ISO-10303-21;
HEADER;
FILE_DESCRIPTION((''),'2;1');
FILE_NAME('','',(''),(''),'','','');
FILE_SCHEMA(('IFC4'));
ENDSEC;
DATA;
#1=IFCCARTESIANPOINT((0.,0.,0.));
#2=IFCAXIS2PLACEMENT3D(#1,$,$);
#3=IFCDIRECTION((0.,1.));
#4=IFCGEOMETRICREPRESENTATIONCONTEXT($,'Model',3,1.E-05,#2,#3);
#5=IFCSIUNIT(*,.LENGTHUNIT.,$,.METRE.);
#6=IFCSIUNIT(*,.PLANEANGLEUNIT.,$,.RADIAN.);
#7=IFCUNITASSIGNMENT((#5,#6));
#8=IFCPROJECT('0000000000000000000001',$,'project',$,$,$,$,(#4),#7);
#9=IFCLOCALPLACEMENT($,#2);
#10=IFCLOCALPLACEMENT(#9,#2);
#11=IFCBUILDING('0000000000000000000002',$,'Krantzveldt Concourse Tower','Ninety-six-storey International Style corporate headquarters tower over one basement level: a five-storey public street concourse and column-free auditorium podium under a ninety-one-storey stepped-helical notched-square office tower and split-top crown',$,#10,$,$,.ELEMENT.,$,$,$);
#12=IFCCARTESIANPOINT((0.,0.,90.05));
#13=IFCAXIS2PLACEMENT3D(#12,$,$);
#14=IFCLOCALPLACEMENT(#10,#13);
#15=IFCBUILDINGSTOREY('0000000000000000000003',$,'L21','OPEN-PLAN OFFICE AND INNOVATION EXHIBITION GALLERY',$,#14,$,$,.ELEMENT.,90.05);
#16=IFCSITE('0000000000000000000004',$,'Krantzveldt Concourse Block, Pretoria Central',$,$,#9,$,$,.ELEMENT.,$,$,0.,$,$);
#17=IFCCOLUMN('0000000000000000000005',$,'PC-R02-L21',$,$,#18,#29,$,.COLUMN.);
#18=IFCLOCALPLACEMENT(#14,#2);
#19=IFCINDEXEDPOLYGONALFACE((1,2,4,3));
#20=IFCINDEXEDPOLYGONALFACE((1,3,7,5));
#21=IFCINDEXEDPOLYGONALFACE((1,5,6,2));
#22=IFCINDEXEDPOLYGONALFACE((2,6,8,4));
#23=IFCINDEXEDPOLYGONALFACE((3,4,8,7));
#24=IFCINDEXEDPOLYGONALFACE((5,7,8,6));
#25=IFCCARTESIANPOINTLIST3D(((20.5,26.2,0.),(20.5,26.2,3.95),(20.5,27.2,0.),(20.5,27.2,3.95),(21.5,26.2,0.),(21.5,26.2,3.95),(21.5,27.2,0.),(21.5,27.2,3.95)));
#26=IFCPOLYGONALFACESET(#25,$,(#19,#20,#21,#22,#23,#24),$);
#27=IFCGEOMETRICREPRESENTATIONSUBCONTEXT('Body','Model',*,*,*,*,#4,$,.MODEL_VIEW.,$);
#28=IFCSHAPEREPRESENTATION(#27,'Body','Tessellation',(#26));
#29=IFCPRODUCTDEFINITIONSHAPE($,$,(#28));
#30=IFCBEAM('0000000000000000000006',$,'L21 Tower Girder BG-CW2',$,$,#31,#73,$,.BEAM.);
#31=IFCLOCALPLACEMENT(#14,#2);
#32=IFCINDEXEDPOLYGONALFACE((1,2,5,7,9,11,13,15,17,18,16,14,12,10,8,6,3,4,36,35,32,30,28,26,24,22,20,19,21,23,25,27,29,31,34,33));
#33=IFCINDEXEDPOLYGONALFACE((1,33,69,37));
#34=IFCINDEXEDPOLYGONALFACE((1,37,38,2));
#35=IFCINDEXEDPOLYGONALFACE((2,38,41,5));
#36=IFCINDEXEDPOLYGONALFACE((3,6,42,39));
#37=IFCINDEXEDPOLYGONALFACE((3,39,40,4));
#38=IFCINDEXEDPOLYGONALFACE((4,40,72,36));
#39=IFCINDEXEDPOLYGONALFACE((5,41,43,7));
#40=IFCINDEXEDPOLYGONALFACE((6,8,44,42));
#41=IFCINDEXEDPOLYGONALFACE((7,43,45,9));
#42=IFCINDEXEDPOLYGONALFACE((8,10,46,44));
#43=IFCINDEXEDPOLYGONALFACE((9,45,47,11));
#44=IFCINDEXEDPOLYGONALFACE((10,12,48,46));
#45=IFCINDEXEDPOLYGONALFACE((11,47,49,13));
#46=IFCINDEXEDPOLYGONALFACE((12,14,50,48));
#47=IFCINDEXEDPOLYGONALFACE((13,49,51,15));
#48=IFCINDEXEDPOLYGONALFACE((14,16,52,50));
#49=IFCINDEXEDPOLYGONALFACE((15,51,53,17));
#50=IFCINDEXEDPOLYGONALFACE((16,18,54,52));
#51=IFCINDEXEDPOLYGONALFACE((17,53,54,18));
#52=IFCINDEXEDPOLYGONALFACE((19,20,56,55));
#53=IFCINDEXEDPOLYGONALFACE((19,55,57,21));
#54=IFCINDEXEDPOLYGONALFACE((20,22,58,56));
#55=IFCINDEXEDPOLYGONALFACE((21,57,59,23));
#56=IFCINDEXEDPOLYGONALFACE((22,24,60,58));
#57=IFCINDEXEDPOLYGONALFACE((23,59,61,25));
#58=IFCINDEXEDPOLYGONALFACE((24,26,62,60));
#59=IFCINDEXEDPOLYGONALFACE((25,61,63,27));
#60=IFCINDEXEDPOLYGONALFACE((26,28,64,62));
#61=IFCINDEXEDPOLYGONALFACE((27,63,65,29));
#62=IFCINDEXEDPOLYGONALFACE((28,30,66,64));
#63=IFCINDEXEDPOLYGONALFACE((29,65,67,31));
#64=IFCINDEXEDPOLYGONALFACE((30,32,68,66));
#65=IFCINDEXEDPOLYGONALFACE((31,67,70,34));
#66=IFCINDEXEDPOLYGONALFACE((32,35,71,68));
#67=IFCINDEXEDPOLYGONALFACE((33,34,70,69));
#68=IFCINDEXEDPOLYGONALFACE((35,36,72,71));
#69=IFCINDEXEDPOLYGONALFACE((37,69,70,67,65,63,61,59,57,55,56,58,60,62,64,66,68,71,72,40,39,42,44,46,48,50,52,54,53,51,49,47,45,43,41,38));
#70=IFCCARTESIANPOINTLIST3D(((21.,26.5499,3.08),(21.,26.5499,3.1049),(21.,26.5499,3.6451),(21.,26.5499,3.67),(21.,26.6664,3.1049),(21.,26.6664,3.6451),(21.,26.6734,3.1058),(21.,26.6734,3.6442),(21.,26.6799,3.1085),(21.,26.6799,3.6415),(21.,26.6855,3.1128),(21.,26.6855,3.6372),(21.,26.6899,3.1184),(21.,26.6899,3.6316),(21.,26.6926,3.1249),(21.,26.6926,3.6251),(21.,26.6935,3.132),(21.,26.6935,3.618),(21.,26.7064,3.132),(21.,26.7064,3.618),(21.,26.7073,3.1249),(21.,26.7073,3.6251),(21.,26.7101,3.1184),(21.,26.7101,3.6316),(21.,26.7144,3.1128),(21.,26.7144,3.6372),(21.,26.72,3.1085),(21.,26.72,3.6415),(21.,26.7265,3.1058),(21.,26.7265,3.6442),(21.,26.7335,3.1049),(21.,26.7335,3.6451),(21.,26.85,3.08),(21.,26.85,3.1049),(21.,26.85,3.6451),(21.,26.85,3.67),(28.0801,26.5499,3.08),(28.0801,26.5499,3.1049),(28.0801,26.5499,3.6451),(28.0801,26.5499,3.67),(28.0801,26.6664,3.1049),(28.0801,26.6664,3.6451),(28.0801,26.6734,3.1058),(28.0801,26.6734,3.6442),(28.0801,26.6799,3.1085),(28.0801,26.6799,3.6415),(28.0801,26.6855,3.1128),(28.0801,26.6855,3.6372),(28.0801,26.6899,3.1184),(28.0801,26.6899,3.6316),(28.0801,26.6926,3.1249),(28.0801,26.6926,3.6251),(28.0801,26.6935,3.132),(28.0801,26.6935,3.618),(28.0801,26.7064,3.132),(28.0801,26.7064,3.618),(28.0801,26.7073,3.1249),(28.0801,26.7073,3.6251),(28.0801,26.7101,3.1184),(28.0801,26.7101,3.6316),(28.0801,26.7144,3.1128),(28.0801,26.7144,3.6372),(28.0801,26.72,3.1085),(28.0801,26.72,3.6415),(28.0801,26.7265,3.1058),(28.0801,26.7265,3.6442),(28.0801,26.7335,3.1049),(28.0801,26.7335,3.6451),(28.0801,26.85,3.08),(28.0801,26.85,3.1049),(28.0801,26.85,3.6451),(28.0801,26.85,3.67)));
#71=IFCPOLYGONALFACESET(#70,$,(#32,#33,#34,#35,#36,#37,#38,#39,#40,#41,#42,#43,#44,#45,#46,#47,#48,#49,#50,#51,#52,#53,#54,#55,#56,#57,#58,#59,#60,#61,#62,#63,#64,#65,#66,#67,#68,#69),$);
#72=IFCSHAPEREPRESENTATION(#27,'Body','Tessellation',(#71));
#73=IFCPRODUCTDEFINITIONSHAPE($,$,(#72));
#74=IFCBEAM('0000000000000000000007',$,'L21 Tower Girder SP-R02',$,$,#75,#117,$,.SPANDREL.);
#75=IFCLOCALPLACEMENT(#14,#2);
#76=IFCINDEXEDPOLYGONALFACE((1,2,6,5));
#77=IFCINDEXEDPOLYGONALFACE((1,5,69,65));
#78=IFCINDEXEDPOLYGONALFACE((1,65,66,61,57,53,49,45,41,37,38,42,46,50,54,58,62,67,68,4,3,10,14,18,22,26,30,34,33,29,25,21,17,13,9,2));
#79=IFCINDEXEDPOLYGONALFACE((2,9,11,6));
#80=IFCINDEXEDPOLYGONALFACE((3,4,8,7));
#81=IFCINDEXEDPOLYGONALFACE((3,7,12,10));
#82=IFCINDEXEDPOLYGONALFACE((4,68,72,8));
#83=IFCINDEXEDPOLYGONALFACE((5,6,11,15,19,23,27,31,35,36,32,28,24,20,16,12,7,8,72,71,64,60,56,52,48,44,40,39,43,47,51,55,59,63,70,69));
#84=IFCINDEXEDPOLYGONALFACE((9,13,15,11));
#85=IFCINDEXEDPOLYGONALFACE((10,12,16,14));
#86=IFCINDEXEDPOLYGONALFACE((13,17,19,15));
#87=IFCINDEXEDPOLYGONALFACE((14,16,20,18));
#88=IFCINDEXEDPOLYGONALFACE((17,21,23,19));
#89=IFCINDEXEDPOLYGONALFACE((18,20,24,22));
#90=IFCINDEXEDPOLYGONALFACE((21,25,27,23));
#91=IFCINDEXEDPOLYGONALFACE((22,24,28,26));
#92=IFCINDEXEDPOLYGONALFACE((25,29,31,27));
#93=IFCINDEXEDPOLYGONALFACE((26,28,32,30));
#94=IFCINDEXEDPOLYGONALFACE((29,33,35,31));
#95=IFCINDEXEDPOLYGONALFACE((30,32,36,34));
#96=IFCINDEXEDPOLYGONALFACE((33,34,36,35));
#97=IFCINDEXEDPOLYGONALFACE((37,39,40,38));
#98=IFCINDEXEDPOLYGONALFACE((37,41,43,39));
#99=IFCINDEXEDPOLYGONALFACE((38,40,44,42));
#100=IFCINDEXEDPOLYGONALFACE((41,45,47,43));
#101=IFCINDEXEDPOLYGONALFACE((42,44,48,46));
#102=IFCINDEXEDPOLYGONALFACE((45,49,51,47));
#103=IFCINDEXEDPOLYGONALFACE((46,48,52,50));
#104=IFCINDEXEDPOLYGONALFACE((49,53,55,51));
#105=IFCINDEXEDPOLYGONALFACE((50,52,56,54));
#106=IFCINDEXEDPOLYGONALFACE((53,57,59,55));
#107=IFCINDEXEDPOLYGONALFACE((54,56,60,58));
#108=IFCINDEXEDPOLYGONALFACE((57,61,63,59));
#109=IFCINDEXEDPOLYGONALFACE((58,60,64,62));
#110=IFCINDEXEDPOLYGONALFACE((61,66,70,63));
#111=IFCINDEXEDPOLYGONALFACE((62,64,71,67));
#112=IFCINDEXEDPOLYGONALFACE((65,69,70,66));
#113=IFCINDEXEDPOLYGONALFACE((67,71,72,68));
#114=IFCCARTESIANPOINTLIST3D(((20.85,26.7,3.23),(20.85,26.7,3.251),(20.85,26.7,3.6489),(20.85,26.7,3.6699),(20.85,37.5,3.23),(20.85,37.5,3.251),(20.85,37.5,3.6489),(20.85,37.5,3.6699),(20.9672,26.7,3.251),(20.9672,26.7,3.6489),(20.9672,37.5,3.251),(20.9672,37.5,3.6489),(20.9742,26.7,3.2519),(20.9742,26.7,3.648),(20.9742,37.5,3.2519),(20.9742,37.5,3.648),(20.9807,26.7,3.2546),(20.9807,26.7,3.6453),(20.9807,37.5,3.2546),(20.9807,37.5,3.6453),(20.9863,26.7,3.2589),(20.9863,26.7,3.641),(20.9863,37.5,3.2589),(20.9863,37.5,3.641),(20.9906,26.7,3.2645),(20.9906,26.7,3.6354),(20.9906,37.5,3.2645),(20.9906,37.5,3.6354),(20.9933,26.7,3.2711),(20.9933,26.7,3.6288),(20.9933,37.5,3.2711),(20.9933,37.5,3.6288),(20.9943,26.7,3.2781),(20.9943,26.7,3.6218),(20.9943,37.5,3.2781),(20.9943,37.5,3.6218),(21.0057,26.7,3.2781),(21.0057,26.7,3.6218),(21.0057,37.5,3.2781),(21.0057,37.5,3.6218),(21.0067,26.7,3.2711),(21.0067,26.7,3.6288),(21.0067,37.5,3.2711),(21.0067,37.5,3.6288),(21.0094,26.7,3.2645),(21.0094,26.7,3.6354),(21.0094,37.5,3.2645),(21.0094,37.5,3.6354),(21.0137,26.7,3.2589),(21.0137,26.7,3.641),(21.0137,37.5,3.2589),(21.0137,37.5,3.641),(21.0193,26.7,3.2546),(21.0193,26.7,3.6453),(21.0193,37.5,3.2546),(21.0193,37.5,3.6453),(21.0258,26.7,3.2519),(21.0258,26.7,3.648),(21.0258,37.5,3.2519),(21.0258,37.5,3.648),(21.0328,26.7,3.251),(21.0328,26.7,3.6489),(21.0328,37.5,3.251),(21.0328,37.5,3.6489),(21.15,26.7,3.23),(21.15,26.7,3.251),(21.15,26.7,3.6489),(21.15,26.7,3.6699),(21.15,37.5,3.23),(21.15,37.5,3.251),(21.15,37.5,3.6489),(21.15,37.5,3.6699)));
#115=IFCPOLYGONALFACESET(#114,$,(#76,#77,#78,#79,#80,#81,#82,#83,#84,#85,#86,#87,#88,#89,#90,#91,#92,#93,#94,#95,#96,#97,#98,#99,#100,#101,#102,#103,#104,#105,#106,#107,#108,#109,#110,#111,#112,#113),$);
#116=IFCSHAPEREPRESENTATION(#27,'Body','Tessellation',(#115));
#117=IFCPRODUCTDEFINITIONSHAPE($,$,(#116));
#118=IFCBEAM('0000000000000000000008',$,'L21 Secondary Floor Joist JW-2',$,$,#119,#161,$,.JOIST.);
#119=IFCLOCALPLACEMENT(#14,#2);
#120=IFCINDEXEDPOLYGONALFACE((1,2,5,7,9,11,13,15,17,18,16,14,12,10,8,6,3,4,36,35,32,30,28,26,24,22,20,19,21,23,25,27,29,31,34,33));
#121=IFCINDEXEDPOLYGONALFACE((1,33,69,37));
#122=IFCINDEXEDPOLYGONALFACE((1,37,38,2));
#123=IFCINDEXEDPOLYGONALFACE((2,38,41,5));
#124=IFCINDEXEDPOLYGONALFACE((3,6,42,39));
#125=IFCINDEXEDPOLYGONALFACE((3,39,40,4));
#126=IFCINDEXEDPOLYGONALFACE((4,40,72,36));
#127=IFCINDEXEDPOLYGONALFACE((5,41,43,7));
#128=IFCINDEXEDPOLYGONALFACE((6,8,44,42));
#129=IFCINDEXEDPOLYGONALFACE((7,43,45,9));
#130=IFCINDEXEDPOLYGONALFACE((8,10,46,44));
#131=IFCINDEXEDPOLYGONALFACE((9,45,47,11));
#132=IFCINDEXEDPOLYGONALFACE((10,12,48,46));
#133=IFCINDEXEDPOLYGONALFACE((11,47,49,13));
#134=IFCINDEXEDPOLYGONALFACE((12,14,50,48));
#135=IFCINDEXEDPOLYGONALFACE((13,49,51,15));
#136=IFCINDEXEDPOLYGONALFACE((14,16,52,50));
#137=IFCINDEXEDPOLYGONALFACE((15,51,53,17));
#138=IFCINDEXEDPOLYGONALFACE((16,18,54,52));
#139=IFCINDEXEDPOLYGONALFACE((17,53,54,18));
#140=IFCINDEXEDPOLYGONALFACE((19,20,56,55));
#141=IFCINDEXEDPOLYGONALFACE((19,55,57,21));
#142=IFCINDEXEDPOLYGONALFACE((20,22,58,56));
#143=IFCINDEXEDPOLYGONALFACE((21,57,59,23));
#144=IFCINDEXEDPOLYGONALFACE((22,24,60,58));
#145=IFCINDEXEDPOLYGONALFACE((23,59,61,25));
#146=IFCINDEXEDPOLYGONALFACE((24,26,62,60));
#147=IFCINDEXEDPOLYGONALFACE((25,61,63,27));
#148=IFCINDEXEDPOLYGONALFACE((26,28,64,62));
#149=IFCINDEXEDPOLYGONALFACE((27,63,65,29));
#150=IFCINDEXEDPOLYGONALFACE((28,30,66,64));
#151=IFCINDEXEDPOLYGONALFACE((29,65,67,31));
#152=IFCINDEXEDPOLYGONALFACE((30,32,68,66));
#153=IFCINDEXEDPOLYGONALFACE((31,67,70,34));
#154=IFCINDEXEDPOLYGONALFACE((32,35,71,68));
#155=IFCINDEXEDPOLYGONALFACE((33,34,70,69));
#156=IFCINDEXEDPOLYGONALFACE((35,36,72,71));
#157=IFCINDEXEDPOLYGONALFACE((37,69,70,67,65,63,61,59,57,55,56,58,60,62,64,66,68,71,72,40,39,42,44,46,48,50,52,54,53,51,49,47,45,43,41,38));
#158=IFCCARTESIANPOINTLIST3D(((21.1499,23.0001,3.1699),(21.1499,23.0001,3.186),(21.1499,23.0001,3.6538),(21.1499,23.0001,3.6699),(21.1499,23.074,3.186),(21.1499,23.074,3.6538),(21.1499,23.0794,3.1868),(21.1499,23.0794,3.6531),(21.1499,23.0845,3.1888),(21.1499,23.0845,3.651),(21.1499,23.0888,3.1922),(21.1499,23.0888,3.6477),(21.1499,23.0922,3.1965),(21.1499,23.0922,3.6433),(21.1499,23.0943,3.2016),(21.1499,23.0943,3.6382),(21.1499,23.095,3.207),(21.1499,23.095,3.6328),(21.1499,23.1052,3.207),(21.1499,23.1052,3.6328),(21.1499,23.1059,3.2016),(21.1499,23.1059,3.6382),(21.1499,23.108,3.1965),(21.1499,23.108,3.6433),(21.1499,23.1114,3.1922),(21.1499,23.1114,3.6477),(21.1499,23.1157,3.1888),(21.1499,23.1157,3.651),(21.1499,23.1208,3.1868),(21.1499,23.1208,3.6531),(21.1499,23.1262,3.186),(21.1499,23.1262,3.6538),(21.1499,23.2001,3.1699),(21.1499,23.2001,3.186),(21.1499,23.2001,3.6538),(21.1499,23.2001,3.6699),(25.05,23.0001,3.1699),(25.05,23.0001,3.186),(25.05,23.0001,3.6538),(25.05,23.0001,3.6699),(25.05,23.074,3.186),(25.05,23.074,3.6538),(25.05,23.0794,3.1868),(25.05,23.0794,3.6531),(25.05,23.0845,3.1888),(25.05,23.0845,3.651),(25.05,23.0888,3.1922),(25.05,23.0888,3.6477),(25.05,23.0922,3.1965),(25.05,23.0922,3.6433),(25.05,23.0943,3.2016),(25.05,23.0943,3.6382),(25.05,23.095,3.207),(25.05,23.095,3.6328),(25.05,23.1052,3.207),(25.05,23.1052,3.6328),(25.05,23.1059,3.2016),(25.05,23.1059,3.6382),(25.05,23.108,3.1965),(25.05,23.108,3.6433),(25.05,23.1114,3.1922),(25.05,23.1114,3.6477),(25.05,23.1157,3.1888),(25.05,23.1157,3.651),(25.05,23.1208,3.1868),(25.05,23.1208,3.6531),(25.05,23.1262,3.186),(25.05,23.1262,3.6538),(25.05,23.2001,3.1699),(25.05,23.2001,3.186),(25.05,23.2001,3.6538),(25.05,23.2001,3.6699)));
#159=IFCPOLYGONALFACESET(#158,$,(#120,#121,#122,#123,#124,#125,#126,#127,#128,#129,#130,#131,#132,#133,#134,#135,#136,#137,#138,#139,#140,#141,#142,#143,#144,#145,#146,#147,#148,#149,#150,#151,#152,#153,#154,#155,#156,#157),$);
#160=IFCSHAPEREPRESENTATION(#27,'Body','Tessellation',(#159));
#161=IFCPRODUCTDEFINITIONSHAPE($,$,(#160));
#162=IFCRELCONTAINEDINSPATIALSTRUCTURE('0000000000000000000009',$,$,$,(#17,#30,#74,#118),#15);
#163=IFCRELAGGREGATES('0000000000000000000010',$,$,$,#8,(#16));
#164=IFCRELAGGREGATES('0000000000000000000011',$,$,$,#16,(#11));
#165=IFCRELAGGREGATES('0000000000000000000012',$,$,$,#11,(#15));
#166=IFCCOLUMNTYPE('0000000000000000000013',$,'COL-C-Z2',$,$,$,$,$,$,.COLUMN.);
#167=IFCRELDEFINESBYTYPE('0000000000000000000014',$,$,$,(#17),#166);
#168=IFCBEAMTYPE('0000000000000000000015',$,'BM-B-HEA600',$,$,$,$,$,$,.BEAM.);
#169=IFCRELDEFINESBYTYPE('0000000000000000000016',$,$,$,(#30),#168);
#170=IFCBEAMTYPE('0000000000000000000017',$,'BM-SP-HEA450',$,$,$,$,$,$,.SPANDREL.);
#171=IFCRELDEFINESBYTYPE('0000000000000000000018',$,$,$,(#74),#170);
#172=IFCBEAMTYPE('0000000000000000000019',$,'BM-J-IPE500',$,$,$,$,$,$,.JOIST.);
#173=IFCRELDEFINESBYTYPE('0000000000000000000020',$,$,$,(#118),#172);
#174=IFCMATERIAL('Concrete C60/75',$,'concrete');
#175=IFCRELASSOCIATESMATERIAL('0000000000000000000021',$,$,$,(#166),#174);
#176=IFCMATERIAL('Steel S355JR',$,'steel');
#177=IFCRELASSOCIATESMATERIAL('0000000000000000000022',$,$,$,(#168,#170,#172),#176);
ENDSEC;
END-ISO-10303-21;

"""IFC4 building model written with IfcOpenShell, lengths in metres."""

from ifc_helpers import new_model, si_unit, direction, frame, origin, origin_2d, place, context, subcontext, project, spatial, rectangle, i_section, extrude, source, transform, mapped, material, material_profile, profile_set, type_object, type_shapes, element, save


model = new_model("IFC4")

# Units and contexts
model_context = context("Model", 3, precision=1e-05, world=origin(), true_north=direction((0.0, 1.0)))
body_context = subcontext(model_context, "Body", "Model", "MODEL_VIEW")
ifc_project = project(units=[si_unit("LENGTHUNIT", "METRE"), si_unit("PLANEANGLEUNIT", "RADIAN")], contexts=[model_context])

# Site, building, storey
site_placement = place(None, origin())
site = spatial("IfcSite", under=ifc_project, at=site_placement, Name="Krantzveldt Concourse Block, Pretoria Central", CompositionType="ELEMENT", RefElevation=0.0)
building_placement = place(site_placement, origin())
building = spatial("IfcBuilding", under=site, at=building_placement, Name="Krantzveldt Concourse Tower", Description="Ninety-six-storey International Style corporate headquarters tower over one basement level: a five-storey public street concourse and column-free auditorium podium under a ninety-one-storey stepped-helical notched-square office tower and split-top crown", CompositionType="ELEMENT")
storey_placement = place(building_placement, frame((0.0, 0.0, 90.05)))
storey = spatial("IfcBuildingStorey", under=building, at=storey_placement, Name="L21", Description="OPEN-PLAN OFFICE AND INNOVATION EXHIBITION GALLERY", CompositionType="ELEMENT", Elevation=90.05)

# Column
ifc_material_1 = material(Name="Concrete C60/75", Category="concrete")
ifc_material_profile_1 = material_profile(ifc_material_1, rectangle(XDim=1.0, YDim=1.0, at=origin_2d()), Name="Concrete C60/75", Category="concrete")
ifc_profile_set_1 = profile_set([ifc_material_profile_1], Name="Concrete C60/75 - RC 1000x1000")
column_type = type_object("IfcColumnType", Name="COL-C-Z2", PredefinedType="COLUMN", material=ifc_profile_set_1)
shared_shape_1 = source(origin(), body_context, "Body", "SweptSolid", [
    extrude(rectangle(XDim=1.0, YDim=1.0, at=origin_2d()), origin(), (0.0, 0.0, 1.0), 3.95),
])
type_shapes(column_type, [shared_shape_1])
column_placement = place(storey_placement, frame((21.0, 26.7, 0.0), z_axis=(0.0, 0.0, 1.0), x_axis=(1.0, 0.0, 0.0)))
element("IfcColumn", 1, at=column_placement, inside=storey, type_object=column_type, Name="PC-R02-L21", PredefinedType="COLUMN", context=body_context, shape_type="MappedRepresentation", body=[
    mapped(shared_shape_1, transform((0.0, 0.0, 0.0), x_axis=(1.0, 0.0, 0.0), y_axis=(0.0, 1.0, 0.0), z_axis=(0.0, 0.0, 1.0), scale=1.0)),
])

# Beams
ifc_material_2 = material(Name="Steel S355JR", Category="steel")
ifc_material_profile_2 = material_profile(ifc_material_2, i_section(OverallWidth=0.3, OverallDepth=0.5901, WebThickness=0.0129, FlangeThickness=0.0249, FilletRadius=0.0271, at=origin_2d()), Name="Steel S355JR", Category="steel")
ifc_profile_set_2 = profile_set([ifc_material_profile_2], Name="Steel S355JR - HEA 600")
beam_type_1 = type_object("IfcBeamType", Name="BM-B-HEA600", PredefinedType="BEAM", material=ifc_profile_set_2)
shared_shape_2 = source(origin(), body_context, "Body", "SweptSolid", [
    extrude(i_section(OverallWidth=0.3, OverallDepth=0.5901, WebThickness=0.0129, FlangeThickness=0.0249, FilletRadius=0.0271, at=origin_2d()), origin(), (0.0, 0.0, 1.0), 7.0801),
])
type_shapes(beam_type_1, [shared_shape_2])
beam_1_placement = place(storey_placement, frame((21.0, 26.7, 3.375), z_axis=(1.0, 0.0, 0.0), x_axis=(0.0, 1.0, 0.0)))
element("IfcBeam", 2, at=beam_1_placement, inside=storey, type_object=beam_type_1, Name="L21 Tower Girder BG-CW2", PredefinedType="BEAM", context=body_context, shape_type="MappedRepresentation", body=[
    mapped(shared_shape_2, transform((0.0, 0.0, 0.0), x_axis=(1.0, 0.0, 0.0), y_axis=(0.0, 1.0, 0.0), z_axis=(0.0, 0.0, 1.0), scale=1.0)),
])
ifc_material_profile_3 = material_profile(ifc_material_2, i_section(OverallWidth=0.3, OverallDepth=0.4399, WebThickness=0.0115, FlangeThickness=0.021, FilletRadius=0.0271, at=origin_2d()), Name="Steel S355JR", Category="steel")
ifc_profile_set_3 = profile_set([ifc_material_profile_3], Name="Steel S355JR - HEA 450")
beam_type_2 = type_object("IfcBeamType", Name="BM-SP-HEA450", PredefinedType="SPANDREL", material=ifc_profile_set_3)
shared_shape_3 = source(origin(), body_context, "Body", "SweptSolid", [
    extrude(i_section(OverallWidth=0.3, OverallDepth=0.4399, WebThickness=0.0115, FlangeThickness=0.021, FilletRadius=0.0271, at=origin_2d()), origin(), (0.0, 0.0, 1.0), 10.8),
])
type_shapes(beam_type_2, [shared_shape_3])
beam_2_placement = place(storey_placement, frame((21.0, 26.7, 3.45), z_axis=(0.0, 1.0, 0.0), x_axis=(-1.0, 0.0, 0.0)))
element("IfcBeam", 3, at=beam_2_placement, inside=storey, type_object=beam_type_2, Name="L21 Tower Girder SP-R02", PredefinedType="SPANDREL", context=body_context, shape_type="MappedRepresentation", body=[
    mapped(shared_shape_3, transform((0.0, 0.0, 0.0), x_axis=(1.0, 0.0, 0.0), y_axis=(0.0, 1.0, 0.0), z_axis=(0.0, 0.0, 1.0), scale=1.0)),
])
ifc_material_profile_4 = material_profile(ifc_material_2, i_section(OverallWidth=0.2, OverallDepth=0.5, WebThickness=0.0103, FlangeThickness=0.0161, FilletRadius=0.021, at=origin_2d()), Name="Steel S355JR", Category="steel")
ifc_profile_set_4 = profile_set([ifc_material_profile_4], Name="Steel S355JR - IPE 500")
beam_type_3 = type_object("IfcBeamType", Name="BM-J-IPE500", PredefinedType="JOIST", material=ifc_profile_set_4)
shared_shape_4 = source(origin(), body_context, "Body", "SweptSolid", [
    extrude(i_section(OverallWidth=0.2, OverallDepth=0.5, WebThickness=0.0103, FlangeThickness=0.0161, FilletRadius=0.021, at=origin_2d()), origin(), (0.0, 0.0, 1.0), 3.9001),
])
type_shapes(beam_type_3, [shared_shape_4])
for number, where, z_axis, x_axis, name in (
    (4, (21.1499, 23.1001, 3.4199), (1.0, 0.0, 0.0), (0.0, 1.0, 0.0), "L21 Secondary Floor Joist JW-2"),
):
    element("IfcBeam", number, at=place(storey_placement, frame(where, z_axis=z_axis, x_axis=x_axis)), inside=storey, type_object=beam_type_3, Name=name, PredefinedType="JOIST", context=body_context, shape_type="MappedRepresentation", body=[
        mapped(shared_shape_4, transform((0.0, 0.0, 0.0), x_axis=(1.0, 0.0, 0.0), y_axis=(0.0, 1.0, 0.0), z_axis=(0.0, 0.0, 1.0), scale=1.0)),
    ])

save(model, "model.ifc")
